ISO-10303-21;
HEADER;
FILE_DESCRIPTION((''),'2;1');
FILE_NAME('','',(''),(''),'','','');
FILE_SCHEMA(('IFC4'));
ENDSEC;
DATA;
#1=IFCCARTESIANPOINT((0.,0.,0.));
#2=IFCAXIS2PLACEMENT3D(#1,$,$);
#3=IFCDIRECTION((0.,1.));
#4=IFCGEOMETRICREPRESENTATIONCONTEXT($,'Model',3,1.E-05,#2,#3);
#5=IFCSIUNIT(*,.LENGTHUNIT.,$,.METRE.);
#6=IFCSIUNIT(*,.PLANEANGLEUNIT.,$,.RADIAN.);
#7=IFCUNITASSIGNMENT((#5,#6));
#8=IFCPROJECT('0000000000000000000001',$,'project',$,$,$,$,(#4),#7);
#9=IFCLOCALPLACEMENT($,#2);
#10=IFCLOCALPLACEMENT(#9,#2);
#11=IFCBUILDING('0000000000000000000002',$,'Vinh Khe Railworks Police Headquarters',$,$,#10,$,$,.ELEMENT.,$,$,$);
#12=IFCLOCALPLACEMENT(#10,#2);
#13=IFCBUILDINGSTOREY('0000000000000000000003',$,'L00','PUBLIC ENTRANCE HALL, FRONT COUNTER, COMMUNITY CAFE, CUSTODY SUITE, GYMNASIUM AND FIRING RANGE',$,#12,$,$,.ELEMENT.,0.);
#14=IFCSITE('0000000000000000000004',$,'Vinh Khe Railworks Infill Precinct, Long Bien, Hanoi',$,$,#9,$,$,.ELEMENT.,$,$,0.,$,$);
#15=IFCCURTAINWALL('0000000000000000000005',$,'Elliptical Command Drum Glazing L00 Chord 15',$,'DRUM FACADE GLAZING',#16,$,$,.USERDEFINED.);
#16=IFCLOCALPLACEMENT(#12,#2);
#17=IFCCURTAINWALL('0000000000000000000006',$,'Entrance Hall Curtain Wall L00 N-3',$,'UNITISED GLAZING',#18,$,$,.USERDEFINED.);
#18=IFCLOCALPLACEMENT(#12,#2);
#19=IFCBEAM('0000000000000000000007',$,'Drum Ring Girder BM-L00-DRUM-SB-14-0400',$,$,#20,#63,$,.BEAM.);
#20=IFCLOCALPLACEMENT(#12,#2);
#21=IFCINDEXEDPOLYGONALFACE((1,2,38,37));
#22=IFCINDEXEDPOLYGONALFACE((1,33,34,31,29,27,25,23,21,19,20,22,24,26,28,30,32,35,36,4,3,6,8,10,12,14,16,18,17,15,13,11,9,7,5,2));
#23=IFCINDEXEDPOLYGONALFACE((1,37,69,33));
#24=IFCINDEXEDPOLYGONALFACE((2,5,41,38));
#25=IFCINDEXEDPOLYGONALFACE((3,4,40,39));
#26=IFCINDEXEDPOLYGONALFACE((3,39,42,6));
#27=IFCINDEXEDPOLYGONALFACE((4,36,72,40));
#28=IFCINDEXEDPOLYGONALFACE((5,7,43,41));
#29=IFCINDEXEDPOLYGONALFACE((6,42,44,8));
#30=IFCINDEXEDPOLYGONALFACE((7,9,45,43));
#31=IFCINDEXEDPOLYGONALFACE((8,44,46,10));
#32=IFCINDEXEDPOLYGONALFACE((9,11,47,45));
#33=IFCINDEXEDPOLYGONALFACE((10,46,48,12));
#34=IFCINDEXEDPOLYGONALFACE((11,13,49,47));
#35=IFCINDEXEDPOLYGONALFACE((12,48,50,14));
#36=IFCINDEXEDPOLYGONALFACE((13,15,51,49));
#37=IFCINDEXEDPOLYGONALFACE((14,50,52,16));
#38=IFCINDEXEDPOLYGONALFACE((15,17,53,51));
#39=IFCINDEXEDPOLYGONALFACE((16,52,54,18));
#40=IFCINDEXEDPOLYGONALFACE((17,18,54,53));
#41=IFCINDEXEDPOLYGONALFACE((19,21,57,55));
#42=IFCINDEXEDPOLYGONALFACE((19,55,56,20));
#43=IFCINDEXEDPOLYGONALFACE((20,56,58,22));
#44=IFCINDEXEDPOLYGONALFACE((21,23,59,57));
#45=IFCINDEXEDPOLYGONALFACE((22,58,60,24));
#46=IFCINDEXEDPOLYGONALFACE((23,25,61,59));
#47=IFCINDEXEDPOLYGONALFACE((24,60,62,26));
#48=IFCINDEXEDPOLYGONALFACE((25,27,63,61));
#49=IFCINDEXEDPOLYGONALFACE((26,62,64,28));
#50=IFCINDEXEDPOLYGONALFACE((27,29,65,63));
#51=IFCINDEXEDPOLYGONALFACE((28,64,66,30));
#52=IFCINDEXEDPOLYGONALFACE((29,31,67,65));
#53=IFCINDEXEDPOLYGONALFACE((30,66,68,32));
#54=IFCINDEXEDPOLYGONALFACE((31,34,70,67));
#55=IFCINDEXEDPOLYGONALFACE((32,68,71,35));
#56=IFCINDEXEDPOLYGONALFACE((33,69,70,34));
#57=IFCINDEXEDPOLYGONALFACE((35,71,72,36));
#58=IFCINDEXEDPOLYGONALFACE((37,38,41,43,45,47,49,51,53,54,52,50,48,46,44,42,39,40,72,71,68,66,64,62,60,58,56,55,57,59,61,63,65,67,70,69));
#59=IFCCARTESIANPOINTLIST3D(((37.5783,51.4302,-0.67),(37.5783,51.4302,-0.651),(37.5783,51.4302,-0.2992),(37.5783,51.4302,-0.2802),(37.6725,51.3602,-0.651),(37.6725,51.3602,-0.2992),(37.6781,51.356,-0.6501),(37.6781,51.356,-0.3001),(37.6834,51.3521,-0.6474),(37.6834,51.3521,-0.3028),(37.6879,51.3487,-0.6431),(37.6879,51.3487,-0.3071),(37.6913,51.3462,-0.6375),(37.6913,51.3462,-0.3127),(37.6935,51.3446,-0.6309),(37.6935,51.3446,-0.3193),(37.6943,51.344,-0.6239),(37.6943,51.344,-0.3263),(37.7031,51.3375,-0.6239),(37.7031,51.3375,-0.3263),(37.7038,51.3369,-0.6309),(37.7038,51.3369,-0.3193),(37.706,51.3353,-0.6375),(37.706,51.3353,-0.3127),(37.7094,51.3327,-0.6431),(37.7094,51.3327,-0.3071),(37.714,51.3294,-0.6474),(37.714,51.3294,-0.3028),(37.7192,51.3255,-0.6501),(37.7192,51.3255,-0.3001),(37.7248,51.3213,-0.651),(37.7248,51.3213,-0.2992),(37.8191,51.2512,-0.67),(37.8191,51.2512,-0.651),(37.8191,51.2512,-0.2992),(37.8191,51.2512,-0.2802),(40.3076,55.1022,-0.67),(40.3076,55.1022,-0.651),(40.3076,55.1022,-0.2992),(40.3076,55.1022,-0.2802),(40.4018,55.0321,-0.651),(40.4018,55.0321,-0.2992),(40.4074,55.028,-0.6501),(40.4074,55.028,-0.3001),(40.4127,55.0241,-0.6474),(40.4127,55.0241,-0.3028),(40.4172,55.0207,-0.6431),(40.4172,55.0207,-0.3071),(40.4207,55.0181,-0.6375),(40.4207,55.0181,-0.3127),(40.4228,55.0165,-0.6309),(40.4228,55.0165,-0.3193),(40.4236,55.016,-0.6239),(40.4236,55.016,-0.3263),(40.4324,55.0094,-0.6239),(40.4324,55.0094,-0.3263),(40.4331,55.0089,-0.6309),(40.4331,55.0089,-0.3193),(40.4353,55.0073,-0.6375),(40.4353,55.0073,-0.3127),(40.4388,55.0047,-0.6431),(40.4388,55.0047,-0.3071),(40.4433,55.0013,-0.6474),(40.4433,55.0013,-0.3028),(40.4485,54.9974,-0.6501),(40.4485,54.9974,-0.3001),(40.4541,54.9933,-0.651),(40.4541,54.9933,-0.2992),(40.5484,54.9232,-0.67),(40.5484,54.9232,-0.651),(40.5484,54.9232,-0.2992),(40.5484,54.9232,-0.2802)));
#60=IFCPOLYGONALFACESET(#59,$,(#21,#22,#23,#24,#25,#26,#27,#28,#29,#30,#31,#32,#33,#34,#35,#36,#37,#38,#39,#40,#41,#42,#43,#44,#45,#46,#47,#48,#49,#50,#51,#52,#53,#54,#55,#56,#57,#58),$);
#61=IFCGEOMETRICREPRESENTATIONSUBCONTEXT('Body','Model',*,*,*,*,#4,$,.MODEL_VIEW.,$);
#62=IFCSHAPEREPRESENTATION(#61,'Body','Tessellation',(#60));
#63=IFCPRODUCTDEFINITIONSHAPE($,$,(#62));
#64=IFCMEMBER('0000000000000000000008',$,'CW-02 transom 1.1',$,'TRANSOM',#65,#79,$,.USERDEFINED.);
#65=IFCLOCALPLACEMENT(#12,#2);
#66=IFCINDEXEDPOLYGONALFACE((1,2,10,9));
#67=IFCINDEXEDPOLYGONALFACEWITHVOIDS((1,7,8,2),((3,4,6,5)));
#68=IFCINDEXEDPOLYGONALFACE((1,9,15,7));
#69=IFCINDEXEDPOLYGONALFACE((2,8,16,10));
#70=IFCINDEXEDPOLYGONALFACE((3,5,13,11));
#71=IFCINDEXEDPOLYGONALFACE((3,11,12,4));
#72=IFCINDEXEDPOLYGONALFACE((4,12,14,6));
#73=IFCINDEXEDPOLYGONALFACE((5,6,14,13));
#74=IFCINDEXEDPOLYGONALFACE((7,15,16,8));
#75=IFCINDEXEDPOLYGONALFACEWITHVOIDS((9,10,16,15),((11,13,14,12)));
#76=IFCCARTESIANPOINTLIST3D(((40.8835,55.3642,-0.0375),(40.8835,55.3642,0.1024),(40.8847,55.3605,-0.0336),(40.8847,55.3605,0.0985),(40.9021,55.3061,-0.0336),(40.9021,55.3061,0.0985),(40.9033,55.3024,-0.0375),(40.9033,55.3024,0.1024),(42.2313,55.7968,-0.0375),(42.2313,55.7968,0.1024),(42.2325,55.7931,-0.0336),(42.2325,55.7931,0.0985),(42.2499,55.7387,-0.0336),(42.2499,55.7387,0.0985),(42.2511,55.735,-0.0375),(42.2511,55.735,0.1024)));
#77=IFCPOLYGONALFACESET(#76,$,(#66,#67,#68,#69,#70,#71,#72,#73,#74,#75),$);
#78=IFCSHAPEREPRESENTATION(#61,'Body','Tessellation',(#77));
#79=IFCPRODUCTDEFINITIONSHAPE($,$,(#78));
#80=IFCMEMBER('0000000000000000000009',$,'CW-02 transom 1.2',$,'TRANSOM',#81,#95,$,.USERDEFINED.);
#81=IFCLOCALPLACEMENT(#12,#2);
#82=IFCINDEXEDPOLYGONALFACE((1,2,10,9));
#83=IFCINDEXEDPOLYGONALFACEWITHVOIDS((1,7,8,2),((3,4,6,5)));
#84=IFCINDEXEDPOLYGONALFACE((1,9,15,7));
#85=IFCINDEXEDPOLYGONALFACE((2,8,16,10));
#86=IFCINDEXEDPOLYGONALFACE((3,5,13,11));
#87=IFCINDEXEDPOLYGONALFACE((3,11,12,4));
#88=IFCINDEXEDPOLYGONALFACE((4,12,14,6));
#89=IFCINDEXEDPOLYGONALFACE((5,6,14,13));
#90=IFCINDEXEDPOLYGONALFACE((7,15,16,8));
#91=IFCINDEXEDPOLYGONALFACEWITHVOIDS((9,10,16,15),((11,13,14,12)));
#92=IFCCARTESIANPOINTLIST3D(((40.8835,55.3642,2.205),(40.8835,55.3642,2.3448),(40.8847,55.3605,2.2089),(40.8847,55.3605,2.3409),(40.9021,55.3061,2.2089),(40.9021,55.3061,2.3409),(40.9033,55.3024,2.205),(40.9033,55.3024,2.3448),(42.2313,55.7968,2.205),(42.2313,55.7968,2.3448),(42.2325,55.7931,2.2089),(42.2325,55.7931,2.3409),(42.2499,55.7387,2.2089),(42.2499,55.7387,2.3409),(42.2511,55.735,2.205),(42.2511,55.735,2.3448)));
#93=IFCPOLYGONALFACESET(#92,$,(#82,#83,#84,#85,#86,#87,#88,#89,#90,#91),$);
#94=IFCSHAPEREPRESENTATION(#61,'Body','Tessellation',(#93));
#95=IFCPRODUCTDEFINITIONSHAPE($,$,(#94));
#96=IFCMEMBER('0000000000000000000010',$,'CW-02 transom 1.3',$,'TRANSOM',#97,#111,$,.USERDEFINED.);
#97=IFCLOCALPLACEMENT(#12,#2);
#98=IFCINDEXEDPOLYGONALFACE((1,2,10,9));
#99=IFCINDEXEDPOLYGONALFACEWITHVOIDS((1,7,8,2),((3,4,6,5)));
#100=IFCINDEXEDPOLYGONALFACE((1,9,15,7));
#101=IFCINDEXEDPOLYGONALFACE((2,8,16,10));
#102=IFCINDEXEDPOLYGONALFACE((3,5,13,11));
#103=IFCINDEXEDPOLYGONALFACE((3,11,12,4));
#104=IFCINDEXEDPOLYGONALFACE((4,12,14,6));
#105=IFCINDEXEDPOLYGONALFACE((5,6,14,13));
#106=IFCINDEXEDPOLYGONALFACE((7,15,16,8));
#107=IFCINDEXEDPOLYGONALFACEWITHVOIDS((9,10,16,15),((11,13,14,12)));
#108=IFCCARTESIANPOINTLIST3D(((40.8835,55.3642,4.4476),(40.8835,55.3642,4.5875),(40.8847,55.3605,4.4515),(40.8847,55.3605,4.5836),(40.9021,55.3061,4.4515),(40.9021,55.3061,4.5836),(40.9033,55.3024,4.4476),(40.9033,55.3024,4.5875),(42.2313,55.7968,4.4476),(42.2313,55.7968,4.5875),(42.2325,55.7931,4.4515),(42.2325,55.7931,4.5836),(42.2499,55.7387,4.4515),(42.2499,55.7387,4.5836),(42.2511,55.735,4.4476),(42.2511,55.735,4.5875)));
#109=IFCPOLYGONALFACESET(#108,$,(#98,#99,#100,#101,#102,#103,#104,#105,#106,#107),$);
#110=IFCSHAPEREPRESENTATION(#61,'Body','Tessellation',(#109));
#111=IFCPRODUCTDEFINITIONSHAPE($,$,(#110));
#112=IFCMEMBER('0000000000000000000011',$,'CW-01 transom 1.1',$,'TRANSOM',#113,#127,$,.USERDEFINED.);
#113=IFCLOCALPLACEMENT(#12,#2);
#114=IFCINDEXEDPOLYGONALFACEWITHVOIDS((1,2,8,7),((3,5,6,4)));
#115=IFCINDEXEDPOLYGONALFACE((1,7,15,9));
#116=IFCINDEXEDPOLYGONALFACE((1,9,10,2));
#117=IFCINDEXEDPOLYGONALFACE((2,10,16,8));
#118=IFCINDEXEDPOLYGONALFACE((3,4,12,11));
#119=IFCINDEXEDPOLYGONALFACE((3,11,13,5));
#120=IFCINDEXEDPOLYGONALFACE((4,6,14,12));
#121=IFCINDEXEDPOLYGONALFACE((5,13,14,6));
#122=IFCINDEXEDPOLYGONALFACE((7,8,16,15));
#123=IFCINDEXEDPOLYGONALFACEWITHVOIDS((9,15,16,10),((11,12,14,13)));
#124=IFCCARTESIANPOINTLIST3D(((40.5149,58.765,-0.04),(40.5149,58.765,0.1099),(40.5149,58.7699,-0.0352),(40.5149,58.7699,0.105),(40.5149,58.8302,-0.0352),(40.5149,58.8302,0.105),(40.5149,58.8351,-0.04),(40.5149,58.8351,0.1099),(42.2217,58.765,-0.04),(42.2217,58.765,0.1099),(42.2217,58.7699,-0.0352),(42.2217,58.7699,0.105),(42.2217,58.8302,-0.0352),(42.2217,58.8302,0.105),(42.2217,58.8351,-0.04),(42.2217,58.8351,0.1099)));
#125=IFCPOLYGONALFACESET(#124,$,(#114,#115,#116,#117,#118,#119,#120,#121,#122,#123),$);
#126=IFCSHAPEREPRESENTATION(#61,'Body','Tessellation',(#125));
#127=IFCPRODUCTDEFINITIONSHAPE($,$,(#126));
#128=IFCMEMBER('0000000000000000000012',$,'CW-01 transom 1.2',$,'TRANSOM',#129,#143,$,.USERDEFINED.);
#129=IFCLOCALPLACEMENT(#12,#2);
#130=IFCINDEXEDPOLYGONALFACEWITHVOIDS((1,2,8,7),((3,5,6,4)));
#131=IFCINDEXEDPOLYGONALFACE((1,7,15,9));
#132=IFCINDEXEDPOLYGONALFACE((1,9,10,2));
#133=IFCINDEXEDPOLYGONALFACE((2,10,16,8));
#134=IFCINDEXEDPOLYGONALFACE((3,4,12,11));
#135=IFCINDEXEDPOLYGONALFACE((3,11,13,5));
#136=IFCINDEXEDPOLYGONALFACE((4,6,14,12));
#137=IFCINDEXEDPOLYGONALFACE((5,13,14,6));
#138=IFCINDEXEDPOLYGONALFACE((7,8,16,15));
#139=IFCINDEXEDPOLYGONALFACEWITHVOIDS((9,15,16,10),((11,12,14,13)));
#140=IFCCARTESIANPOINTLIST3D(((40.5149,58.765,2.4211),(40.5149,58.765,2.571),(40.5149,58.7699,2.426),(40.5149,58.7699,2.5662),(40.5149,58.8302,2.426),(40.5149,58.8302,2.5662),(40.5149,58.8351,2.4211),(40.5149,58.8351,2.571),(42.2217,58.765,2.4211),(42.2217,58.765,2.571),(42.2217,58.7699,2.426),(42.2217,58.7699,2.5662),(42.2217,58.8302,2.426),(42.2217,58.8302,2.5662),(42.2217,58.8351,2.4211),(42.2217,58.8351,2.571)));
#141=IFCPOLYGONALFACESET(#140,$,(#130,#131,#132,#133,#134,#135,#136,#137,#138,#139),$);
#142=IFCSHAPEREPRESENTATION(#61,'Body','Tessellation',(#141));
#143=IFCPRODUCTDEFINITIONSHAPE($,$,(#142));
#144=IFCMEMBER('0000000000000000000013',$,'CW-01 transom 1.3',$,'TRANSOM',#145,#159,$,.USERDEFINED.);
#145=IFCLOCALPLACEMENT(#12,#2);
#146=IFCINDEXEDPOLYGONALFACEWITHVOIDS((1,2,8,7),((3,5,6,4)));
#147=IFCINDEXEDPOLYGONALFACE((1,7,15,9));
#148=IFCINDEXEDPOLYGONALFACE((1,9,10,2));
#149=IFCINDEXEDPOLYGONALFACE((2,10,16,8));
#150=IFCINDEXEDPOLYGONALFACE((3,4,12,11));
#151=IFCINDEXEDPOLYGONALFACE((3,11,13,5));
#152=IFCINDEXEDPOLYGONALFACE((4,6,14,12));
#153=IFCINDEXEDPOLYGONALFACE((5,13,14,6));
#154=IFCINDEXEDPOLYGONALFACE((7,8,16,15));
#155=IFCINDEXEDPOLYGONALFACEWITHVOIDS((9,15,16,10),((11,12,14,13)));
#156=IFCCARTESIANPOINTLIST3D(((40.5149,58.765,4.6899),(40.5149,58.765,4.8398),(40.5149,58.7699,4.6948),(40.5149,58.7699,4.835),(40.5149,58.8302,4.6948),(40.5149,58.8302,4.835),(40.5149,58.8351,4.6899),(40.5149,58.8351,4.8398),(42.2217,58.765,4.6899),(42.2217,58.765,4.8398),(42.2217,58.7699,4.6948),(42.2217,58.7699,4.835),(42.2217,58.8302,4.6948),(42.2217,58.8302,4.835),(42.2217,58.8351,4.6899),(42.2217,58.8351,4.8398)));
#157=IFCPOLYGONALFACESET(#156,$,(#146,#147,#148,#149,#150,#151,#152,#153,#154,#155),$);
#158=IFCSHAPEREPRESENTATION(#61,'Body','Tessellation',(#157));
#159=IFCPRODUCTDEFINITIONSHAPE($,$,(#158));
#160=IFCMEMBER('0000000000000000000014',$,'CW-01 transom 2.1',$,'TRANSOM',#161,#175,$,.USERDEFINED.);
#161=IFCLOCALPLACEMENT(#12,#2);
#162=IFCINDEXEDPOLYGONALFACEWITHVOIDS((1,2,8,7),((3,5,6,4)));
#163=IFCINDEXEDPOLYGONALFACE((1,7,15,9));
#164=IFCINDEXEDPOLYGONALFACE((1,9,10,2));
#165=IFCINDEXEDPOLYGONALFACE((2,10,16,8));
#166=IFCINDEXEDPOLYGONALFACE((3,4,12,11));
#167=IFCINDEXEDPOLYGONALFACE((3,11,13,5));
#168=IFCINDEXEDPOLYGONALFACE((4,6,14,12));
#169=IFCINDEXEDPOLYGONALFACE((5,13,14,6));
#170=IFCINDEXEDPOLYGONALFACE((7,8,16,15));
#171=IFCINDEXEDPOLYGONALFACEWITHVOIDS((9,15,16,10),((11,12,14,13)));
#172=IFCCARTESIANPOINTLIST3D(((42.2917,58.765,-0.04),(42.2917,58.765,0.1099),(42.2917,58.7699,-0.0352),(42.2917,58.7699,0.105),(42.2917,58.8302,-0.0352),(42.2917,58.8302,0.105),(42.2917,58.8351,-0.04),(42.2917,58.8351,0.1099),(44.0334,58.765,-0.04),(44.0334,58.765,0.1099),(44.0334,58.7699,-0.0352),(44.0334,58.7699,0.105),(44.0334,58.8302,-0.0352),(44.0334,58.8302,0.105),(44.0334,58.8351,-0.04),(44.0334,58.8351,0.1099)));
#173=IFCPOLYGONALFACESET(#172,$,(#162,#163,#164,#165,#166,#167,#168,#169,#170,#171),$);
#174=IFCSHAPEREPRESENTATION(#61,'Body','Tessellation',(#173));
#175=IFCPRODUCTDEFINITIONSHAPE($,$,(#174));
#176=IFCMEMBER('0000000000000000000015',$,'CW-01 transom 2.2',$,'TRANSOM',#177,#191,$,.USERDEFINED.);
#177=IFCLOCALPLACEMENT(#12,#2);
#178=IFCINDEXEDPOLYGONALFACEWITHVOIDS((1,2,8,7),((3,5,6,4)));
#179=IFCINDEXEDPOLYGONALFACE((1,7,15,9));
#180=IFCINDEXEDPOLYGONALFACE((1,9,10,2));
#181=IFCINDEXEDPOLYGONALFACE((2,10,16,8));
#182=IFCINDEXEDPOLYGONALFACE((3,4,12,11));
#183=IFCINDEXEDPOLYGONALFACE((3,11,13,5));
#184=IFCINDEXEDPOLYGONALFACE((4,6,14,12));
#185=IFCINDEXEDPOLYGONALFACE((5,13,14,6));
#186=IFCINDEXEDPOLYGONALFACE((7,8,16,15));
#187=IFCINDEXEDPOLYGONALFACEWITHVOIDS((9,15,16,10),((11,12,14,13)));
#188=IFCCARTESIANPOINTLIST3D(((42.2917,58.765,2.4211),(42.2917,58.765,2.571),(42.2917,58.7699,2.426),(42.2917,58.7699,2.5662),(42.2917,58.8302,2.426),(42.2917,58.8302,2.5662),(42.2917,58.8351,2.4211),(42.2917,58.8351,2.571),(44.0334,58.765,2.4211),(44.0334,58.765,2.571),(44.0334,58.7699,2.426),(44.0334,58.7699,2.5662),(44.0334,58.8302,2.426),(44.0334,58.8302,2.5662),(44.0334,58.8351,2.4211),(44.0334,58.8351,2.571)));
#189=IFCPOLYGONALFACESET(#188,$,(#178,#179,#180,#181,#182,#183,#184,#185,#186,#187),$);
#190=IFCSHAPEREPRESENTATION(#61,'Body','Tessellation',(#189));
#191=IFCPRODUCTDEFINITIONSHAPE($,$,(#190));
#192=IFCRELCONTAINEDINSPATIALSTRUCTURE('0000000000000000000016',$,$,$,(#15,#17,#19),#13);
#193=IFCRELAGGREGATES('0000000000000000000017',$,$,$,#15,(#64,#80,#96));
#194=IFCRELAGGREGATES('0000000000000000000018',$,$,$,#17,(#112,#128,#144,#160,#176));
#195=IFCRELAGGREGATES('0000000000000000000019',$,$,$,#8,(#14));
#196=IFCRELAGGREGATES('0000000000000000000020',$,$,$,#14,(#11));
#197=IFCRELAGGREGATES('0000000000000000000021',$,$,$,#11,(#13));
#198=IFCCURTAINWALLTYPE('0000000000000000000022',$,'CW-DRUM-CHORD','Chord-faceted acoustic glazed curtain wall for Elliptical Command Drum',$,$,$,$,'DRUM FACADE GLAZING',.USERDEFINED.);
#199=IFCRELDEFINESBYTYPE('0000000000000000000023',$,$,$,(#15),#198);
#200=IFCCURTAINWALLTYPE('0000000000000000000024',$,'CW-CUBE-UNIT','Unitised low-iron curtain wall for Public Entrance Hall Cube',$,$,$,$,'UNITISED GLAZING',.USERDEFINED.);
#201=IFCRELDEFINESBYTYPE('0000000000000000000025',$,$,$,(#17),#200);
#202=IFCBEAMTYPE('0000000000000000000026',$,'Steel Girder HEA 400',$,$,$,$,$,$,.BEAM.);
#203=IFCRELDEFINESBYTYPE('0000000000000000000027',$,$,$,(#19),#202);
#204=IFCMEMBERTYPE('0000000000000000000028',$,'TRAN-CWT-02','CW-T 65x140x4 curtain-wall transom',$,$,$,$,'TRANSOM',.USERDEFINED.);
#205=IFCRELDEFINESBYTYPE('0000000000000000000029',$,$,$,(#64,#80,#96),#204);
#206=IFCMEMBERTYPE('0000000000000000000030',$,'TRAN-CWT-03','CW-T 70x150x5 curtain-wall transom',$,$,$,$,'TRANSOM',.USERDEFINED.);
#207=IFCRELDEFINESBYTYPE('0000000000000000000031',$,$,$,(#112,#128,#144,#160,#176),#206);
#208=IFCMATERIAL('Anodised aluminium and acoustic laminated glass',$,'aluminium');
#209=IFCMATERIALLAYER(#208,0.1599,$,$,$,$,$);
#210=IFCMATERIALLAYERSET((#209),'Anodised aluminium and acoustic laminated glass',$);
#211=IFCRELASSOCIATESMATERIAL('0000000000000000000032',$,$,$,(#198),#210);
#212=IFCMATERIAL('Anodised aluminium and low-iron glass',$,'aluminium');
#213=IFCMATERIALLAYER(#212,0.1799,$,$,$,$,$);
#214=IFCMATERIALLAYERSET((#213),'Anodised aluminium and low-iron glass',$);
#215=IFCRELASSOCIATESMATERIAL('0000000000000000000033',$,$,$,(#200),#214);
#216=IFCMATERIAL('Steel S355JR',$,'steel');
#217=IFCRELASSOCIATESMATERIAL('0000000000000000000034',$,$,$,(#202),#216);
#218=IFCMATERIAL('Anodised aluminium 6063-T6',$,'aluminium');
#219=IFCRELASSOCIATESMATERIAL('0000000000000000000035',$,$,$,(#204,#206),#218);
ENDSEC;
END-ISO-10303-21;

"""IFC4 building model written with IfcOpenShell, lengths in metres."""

from ifc_helpers import new_model, si_unit, direction, frame, origin, origin_2d, place, context, subcontext, project, spatial, hollow_rectangle, i_section, extrude, material, layer, layer_set, material_profile, profile_set, type_object, element, aggregate, save


model = new_model("IFC4")

# Units and contexts
model_context = context("Model", 3, precision=1e-05, world=origin(), true_north=direction((0.0, 1.0)))
body_context = subcontext(model_context, "Body", "Model", "MODEL_VIEW")
ifc_project = project(units=[si_unit("LENGTHUNIT", "METRE"), si_unit("PLANEANGLEUNIT", "RADIAN")], contexts=[model_context])

# Site, building, storey
site_placement = place(None, origin())
site = spatial("IfcSite", under=ifc_project, at=site_placement, Name="Vinh Khe Railworks Infill Precinct, Long Bien, Hanoi", CompositionType="ELEMENT", RefElevation=0.0)
building_placement = place(site_placement, origin())
building = spatial("IfcBuilding", under=site, at=building_placement, Name="Vinh Khe Railworks Police Headquarters", CompositionType="ELEMENT")
storey_placement = place(building_placement, origin())
storey = spatial("IfcBuildingStorey", under=building, at=storey_placement, Name="L00", Description="PUBLIC ENTRANCE HALL, FRONT COUNTER, COMMUNITY CAFE, CUSTODY SUITE, GYMNASIUM AND FIRING RANGE", CompositionType="ELEMENT", Elevation=0.0)

# Shared definitions
ifc_material_1 = material(Name="Steel S355JR", Category="steel")

# Shared definitions
ifc_material_2 = material(Name="Anodised aluminium and acoustic laminated glass", Category="aluminium")
ifc_layer_1 = layer(ifc_material_2, 0.1599)
ifc_layer_set_1 = layer_set([ifc_layer_1], Name="Anodised aluminium and acoustic laminated glass")
curtain_wall_type_1 = type_object("IfcCurtainWallType", Name="CW-DRUM-CHORD", Description="Chord-faceted acoustic glazed curtain wall for Elliptical Command Drum", ElementType="DRUM FACADE GLAZING", PredefinedType="USERDEFINED", material=ifc_layer_set_1)
ifc_material_3 = material(Name="Anodised aluminium 6063-T6", Category="aluminium")

# Curtain walls
curtain_wall_1_placement = place(storey_placement, origin())
curtain_wall_1 = element("IfcCurtainWall", 1, at=curtain_wall_1_placement, inside=storey, type_object=curtain_wall_type_1, Name="Elliptical Command Drum Glazing L00 Chord 15", ObjectType="DRUM FACADE GLAZING", PredefinedType="USERDEFINED")
ifc_material_4 = material(Name="Anodised aluminium and low-iron glass", Category="aluminium")
ifc_layer_2 = layer(ifc_material_4, 0.1799)
ifc_layer_set_2 = layer_set([ifc_layer_2], Name="Anodised aluminium and low-iron glass")
curtain_wall_type_2 = type_object("IfcCurtainWallType", Name="CW-CUBE-UNIT", Description="Unitised low-iron curtain wall for Public Entrance Hall Cube", ElementType="UNITISED GLAZING", PredefinedType="USERDEFINED", material=ifc_layer_set_2)
curtain_wall_2_placement = place(storey_placement, origin())
curtain_wall_2 = element("IfcCurtainWall", 2, at=curtain_wall_2_placement, inside=storey, type_object=curtain_wall_type_2, Name="Entrance Hall Curtain Wall L00 N-3", ObjectType="UNITISED GLAZING", PredefinedType="USERDEFINED")

# Beam
ifc_material_profile_1 = material_profile(ifc_material_1, i_section(OverallWidth=0.3, OverallDepth=0.3899, WebThickness=0.011, FlangeThickness=0.019, FilletRadius=0.0271, at=origin_2d()), Name="HEA 400")
ifc_profile_set_1 = profile_set([ifc_material_profile_1], Name="Steel S355JR")
beam_type_1 = type_object("IfcBeamType", Name="Steel Girder HEA 400", PredefinedType="BEAM", material=ifc_profile_set_1)
beam_1_placement = place(storey_placement, frame((40.428, 55.0127, -0.4751), z_axis=(-0.596545, -0.80258, 0.0), x_axis=(0.80258, -0.596545, 0.0)))
element("IfcBeam", 3, at=beam_1_placement, inside=storey, type_object=beam_type_1, Name="Drum Ring Girder BM-L00-DRUM-SB-14-0400", PredefinedType="BEAM", context=body_context, shape_type="SweptSolid", body=[
    extrude(i_section(OverallWidth=0.3, OverallDepth=0.3899, WebThickness=0.011, FlangeThickness=0.019, FilletRadius=0.0271, at=origin_2d()), origin(), (0.0, 0.0, 1.0), 4.5752),
])

# Members
ifc_material_profile_2 = material_profile(ifc_material_3, hollow_rectangle(XDim=0.0649, YDim=0.1399, WallThickness=0.0039, at=origin_2d()), Name="CW-T 65x140x4")
ifc_profile_set_2 = profile_set([ifc_material_profile_2], Name="Anodised aluminium 6063-T6")
member_type_1 = type_object("IfcMemberType", Name="TRAN-CWT-02", Description="CW-T 65x140x4 curtain-wall transom", ElementType="TRANSOM", PredefinedType="USERDEFINED", material=ifc_profile_set_2)
member_1_placement = place(storey_placement, frame((42.2412, 55.7659, 0.0325), z_axis=(-0.952159, -0.305602, 0.0), x_axis=(0.305602, -0.952159, 0.0)))
member_1 = element("IfcMember", 4, at=member_1_placement, type_object=member_type_1, Name="CW-02 transom 1.1", ObjectType="TRANSOM", PredefinedType="USERDEFINED", context=body_context, shape_type="SweptSolid", body=[
    extrude(hollow_rectangle(XDim=0.0649, YDim=0.1399, WallThickness=0.0039, at=origin_2d()), origin(), (0.0, 0.0, 1.0), 1.4155),
])
member_2_placement = place(storey_placement, frame((42.2412, 55.7659, 2.2749), z_axis=(-0.952159, -0.305602, 0.0), x_axis=(0.305602, -0.952159, 0.0)))
member_2 = element("IfcMember", 5, at=member_2_placement, type_object=member_type_1, Name="CW-02 transom 1.2", ObjectType="TRANSOM", PredefinedType="USERDEFINED", context=body_context, shape_type="SweptSolid", body=[
    extrude(hollow_rectangle(XDim=0.0649, YDim=0.1399, WallThickness=0.0039, at=origin_2d()), origin(), (0.0, 0.0, 1.0), 1.4155),
])
member_3_placement = place(storey_placement, frame((42.2412, 55.7659, 4.5176), z_axis=(-0.952159, -0.305602, 0.0), x_axis=(0.305602, -0.952159, 0.0)))
member_3 = element("IfcMember", 6, at=member_3_placement, type_object=member_type_1, Name="CW-02 transom 1.3", ObjectType="TRANSOM", PredefinedType="USERDEFINED", context=body_context, shape_type="SweptSolid", body=[
    extrude(hollow_rectangle(XDim=0.0649, YDim=0.1399, WallThickness=0.0039, at=origin_2d()), origin(), (0.0, 0.0, 1.0), 1.4155),
])
ifc_material_profile_3 = material_profile(ifc_material_3, hollow_rectangle(XDim=0.0701, YDim=0.1499, WallThickness=0.0049, at=origin_2d()), Name="CW-T 70x150x5")
ifc_profile_set_3 = profile_set([ifc_material_profile_3], Name="Anodised aluminium 6063-T6")
member_type_2 = type_object("IfcMemberType", Name="TRAN-CWT-03", Description="CW-T 70x150x5 curtain-wall transom", ElementType="TRANSOM", PredefinedType="USERDEFINED", material=ifc_profile_set_3)
member_4_placement = place(storey_placement, frame((40.5149, 58.8, 0.0349), z_axis=(1.0, 0.0, 0.0), x_axis=(0.0, 1.0, 0.0)))
member_4 = element("IfcMember", 7, at=member_4_placement, type_object=member_type_2, Name="CW-01 transom 1.1", ObjectType="TRANSOM", PredefinedType="USERDEFINED", context=body_context, shape_type="SweptSolid", body=[
    extrude(hollow_rectangle(XDim=0.0701, YDim=0.1499, WallThickness=0.0049, at=origin_2d()), origin(), (0.0, 0.0, 1.0), 1.7068),
])
member_5_placement = place(storey_placement, frame((40.5149, 58.8, 2.4961), z_axis=(1.0, 0.0, 0.0), x_axis=(0.0, 1.0, 0.0)))
member_5 = element("IfcMember", 8, at=member_5_placement, type_object=member_type_2, Name="CW-01 transom 1.2", ObjectType="TRANSOM", PredefinedType="USERDEFINED", context=body_context, shape_type="SweptSolid", body=[
    extrude(hollow_rectangle(XDim=0.0701, YDim=0.1499, WallThickness=0.0049, at=origin_2d()), origin(), (0.0, 0.0, 1.0), 1.7068),
])
member_6_placement = place(storey_placement, frame((40.5149, 58.8, 4.7649), z_axis=(1.0, 0.0, 0.0), x_axis=(0.0, 1.0, 0.0)))
member_6 = element("IfcMember", 9, at=member_6_placement, type_object=member_type_2, Name="CW-01 transom 1.3", ObjectType="TRANSOM", PredefinedType="USERDEFINED", context=body_context, shape_type="SweptSolid", body=[
    extrude(hollow_rectangle(XDim=0.0701, YDim=0.1499, WallThickness=0.0049, at=origin_2d()), origin(), (0.0, 0.0, 1.0), 1.7068),
])
member_7_placement = place(storey_placement, frame((42.2917, 58.8, 0.0349), z_axis=(1.0, 0.0, 0.0), x_axis=(0.0, 1.0, 0.0)))
member_7 = element("IfcMember", 10, at=member_7_placement, type_object=member_type_2, Name="CW-01 transom 2.1", ObjectType="TRANSOM", PredefinedType="USERDEFINED", context=body_context, shape_type="SweptSolid", body=[
    extrude(hollow_rectangle(XDim=0.0701, YDim=0.1499, WallThickness=0.0049, at=origin_2d()), origin(), (0.0, 0.0, 1.0), 1.7417),
])
member_8_placement = place(storey_placement, frame((42.2917, 58.8, 2.4961), z_axis=(1.0, 0.0, 0.0), x_axis=(0.0, 1.0, 0.0)))
member_8 = element("IfcMember", 11, at=member_8_placement, type_object=member_type_2, Name="CW-01 transom 2.2", ObjectType="TRANSOM", PredefinedType="USERDEFINED", context=body_context, shape_type="SweptSolid", body=[
    extrude(hollow_rectangle(XDim=0.0701, YDim=0.1499, WallThickness=0.0049, at=origin_2d()), origin(), (0.0, 0.0, 1.0), 1.7417),
])

aggregate(curtain_wall_1, [member_1, member_2, member_3])
aggregate(curtain_wall_2, [member_4, member_5, member_6, member_7, member_8])

save(model, "model.ifc")
